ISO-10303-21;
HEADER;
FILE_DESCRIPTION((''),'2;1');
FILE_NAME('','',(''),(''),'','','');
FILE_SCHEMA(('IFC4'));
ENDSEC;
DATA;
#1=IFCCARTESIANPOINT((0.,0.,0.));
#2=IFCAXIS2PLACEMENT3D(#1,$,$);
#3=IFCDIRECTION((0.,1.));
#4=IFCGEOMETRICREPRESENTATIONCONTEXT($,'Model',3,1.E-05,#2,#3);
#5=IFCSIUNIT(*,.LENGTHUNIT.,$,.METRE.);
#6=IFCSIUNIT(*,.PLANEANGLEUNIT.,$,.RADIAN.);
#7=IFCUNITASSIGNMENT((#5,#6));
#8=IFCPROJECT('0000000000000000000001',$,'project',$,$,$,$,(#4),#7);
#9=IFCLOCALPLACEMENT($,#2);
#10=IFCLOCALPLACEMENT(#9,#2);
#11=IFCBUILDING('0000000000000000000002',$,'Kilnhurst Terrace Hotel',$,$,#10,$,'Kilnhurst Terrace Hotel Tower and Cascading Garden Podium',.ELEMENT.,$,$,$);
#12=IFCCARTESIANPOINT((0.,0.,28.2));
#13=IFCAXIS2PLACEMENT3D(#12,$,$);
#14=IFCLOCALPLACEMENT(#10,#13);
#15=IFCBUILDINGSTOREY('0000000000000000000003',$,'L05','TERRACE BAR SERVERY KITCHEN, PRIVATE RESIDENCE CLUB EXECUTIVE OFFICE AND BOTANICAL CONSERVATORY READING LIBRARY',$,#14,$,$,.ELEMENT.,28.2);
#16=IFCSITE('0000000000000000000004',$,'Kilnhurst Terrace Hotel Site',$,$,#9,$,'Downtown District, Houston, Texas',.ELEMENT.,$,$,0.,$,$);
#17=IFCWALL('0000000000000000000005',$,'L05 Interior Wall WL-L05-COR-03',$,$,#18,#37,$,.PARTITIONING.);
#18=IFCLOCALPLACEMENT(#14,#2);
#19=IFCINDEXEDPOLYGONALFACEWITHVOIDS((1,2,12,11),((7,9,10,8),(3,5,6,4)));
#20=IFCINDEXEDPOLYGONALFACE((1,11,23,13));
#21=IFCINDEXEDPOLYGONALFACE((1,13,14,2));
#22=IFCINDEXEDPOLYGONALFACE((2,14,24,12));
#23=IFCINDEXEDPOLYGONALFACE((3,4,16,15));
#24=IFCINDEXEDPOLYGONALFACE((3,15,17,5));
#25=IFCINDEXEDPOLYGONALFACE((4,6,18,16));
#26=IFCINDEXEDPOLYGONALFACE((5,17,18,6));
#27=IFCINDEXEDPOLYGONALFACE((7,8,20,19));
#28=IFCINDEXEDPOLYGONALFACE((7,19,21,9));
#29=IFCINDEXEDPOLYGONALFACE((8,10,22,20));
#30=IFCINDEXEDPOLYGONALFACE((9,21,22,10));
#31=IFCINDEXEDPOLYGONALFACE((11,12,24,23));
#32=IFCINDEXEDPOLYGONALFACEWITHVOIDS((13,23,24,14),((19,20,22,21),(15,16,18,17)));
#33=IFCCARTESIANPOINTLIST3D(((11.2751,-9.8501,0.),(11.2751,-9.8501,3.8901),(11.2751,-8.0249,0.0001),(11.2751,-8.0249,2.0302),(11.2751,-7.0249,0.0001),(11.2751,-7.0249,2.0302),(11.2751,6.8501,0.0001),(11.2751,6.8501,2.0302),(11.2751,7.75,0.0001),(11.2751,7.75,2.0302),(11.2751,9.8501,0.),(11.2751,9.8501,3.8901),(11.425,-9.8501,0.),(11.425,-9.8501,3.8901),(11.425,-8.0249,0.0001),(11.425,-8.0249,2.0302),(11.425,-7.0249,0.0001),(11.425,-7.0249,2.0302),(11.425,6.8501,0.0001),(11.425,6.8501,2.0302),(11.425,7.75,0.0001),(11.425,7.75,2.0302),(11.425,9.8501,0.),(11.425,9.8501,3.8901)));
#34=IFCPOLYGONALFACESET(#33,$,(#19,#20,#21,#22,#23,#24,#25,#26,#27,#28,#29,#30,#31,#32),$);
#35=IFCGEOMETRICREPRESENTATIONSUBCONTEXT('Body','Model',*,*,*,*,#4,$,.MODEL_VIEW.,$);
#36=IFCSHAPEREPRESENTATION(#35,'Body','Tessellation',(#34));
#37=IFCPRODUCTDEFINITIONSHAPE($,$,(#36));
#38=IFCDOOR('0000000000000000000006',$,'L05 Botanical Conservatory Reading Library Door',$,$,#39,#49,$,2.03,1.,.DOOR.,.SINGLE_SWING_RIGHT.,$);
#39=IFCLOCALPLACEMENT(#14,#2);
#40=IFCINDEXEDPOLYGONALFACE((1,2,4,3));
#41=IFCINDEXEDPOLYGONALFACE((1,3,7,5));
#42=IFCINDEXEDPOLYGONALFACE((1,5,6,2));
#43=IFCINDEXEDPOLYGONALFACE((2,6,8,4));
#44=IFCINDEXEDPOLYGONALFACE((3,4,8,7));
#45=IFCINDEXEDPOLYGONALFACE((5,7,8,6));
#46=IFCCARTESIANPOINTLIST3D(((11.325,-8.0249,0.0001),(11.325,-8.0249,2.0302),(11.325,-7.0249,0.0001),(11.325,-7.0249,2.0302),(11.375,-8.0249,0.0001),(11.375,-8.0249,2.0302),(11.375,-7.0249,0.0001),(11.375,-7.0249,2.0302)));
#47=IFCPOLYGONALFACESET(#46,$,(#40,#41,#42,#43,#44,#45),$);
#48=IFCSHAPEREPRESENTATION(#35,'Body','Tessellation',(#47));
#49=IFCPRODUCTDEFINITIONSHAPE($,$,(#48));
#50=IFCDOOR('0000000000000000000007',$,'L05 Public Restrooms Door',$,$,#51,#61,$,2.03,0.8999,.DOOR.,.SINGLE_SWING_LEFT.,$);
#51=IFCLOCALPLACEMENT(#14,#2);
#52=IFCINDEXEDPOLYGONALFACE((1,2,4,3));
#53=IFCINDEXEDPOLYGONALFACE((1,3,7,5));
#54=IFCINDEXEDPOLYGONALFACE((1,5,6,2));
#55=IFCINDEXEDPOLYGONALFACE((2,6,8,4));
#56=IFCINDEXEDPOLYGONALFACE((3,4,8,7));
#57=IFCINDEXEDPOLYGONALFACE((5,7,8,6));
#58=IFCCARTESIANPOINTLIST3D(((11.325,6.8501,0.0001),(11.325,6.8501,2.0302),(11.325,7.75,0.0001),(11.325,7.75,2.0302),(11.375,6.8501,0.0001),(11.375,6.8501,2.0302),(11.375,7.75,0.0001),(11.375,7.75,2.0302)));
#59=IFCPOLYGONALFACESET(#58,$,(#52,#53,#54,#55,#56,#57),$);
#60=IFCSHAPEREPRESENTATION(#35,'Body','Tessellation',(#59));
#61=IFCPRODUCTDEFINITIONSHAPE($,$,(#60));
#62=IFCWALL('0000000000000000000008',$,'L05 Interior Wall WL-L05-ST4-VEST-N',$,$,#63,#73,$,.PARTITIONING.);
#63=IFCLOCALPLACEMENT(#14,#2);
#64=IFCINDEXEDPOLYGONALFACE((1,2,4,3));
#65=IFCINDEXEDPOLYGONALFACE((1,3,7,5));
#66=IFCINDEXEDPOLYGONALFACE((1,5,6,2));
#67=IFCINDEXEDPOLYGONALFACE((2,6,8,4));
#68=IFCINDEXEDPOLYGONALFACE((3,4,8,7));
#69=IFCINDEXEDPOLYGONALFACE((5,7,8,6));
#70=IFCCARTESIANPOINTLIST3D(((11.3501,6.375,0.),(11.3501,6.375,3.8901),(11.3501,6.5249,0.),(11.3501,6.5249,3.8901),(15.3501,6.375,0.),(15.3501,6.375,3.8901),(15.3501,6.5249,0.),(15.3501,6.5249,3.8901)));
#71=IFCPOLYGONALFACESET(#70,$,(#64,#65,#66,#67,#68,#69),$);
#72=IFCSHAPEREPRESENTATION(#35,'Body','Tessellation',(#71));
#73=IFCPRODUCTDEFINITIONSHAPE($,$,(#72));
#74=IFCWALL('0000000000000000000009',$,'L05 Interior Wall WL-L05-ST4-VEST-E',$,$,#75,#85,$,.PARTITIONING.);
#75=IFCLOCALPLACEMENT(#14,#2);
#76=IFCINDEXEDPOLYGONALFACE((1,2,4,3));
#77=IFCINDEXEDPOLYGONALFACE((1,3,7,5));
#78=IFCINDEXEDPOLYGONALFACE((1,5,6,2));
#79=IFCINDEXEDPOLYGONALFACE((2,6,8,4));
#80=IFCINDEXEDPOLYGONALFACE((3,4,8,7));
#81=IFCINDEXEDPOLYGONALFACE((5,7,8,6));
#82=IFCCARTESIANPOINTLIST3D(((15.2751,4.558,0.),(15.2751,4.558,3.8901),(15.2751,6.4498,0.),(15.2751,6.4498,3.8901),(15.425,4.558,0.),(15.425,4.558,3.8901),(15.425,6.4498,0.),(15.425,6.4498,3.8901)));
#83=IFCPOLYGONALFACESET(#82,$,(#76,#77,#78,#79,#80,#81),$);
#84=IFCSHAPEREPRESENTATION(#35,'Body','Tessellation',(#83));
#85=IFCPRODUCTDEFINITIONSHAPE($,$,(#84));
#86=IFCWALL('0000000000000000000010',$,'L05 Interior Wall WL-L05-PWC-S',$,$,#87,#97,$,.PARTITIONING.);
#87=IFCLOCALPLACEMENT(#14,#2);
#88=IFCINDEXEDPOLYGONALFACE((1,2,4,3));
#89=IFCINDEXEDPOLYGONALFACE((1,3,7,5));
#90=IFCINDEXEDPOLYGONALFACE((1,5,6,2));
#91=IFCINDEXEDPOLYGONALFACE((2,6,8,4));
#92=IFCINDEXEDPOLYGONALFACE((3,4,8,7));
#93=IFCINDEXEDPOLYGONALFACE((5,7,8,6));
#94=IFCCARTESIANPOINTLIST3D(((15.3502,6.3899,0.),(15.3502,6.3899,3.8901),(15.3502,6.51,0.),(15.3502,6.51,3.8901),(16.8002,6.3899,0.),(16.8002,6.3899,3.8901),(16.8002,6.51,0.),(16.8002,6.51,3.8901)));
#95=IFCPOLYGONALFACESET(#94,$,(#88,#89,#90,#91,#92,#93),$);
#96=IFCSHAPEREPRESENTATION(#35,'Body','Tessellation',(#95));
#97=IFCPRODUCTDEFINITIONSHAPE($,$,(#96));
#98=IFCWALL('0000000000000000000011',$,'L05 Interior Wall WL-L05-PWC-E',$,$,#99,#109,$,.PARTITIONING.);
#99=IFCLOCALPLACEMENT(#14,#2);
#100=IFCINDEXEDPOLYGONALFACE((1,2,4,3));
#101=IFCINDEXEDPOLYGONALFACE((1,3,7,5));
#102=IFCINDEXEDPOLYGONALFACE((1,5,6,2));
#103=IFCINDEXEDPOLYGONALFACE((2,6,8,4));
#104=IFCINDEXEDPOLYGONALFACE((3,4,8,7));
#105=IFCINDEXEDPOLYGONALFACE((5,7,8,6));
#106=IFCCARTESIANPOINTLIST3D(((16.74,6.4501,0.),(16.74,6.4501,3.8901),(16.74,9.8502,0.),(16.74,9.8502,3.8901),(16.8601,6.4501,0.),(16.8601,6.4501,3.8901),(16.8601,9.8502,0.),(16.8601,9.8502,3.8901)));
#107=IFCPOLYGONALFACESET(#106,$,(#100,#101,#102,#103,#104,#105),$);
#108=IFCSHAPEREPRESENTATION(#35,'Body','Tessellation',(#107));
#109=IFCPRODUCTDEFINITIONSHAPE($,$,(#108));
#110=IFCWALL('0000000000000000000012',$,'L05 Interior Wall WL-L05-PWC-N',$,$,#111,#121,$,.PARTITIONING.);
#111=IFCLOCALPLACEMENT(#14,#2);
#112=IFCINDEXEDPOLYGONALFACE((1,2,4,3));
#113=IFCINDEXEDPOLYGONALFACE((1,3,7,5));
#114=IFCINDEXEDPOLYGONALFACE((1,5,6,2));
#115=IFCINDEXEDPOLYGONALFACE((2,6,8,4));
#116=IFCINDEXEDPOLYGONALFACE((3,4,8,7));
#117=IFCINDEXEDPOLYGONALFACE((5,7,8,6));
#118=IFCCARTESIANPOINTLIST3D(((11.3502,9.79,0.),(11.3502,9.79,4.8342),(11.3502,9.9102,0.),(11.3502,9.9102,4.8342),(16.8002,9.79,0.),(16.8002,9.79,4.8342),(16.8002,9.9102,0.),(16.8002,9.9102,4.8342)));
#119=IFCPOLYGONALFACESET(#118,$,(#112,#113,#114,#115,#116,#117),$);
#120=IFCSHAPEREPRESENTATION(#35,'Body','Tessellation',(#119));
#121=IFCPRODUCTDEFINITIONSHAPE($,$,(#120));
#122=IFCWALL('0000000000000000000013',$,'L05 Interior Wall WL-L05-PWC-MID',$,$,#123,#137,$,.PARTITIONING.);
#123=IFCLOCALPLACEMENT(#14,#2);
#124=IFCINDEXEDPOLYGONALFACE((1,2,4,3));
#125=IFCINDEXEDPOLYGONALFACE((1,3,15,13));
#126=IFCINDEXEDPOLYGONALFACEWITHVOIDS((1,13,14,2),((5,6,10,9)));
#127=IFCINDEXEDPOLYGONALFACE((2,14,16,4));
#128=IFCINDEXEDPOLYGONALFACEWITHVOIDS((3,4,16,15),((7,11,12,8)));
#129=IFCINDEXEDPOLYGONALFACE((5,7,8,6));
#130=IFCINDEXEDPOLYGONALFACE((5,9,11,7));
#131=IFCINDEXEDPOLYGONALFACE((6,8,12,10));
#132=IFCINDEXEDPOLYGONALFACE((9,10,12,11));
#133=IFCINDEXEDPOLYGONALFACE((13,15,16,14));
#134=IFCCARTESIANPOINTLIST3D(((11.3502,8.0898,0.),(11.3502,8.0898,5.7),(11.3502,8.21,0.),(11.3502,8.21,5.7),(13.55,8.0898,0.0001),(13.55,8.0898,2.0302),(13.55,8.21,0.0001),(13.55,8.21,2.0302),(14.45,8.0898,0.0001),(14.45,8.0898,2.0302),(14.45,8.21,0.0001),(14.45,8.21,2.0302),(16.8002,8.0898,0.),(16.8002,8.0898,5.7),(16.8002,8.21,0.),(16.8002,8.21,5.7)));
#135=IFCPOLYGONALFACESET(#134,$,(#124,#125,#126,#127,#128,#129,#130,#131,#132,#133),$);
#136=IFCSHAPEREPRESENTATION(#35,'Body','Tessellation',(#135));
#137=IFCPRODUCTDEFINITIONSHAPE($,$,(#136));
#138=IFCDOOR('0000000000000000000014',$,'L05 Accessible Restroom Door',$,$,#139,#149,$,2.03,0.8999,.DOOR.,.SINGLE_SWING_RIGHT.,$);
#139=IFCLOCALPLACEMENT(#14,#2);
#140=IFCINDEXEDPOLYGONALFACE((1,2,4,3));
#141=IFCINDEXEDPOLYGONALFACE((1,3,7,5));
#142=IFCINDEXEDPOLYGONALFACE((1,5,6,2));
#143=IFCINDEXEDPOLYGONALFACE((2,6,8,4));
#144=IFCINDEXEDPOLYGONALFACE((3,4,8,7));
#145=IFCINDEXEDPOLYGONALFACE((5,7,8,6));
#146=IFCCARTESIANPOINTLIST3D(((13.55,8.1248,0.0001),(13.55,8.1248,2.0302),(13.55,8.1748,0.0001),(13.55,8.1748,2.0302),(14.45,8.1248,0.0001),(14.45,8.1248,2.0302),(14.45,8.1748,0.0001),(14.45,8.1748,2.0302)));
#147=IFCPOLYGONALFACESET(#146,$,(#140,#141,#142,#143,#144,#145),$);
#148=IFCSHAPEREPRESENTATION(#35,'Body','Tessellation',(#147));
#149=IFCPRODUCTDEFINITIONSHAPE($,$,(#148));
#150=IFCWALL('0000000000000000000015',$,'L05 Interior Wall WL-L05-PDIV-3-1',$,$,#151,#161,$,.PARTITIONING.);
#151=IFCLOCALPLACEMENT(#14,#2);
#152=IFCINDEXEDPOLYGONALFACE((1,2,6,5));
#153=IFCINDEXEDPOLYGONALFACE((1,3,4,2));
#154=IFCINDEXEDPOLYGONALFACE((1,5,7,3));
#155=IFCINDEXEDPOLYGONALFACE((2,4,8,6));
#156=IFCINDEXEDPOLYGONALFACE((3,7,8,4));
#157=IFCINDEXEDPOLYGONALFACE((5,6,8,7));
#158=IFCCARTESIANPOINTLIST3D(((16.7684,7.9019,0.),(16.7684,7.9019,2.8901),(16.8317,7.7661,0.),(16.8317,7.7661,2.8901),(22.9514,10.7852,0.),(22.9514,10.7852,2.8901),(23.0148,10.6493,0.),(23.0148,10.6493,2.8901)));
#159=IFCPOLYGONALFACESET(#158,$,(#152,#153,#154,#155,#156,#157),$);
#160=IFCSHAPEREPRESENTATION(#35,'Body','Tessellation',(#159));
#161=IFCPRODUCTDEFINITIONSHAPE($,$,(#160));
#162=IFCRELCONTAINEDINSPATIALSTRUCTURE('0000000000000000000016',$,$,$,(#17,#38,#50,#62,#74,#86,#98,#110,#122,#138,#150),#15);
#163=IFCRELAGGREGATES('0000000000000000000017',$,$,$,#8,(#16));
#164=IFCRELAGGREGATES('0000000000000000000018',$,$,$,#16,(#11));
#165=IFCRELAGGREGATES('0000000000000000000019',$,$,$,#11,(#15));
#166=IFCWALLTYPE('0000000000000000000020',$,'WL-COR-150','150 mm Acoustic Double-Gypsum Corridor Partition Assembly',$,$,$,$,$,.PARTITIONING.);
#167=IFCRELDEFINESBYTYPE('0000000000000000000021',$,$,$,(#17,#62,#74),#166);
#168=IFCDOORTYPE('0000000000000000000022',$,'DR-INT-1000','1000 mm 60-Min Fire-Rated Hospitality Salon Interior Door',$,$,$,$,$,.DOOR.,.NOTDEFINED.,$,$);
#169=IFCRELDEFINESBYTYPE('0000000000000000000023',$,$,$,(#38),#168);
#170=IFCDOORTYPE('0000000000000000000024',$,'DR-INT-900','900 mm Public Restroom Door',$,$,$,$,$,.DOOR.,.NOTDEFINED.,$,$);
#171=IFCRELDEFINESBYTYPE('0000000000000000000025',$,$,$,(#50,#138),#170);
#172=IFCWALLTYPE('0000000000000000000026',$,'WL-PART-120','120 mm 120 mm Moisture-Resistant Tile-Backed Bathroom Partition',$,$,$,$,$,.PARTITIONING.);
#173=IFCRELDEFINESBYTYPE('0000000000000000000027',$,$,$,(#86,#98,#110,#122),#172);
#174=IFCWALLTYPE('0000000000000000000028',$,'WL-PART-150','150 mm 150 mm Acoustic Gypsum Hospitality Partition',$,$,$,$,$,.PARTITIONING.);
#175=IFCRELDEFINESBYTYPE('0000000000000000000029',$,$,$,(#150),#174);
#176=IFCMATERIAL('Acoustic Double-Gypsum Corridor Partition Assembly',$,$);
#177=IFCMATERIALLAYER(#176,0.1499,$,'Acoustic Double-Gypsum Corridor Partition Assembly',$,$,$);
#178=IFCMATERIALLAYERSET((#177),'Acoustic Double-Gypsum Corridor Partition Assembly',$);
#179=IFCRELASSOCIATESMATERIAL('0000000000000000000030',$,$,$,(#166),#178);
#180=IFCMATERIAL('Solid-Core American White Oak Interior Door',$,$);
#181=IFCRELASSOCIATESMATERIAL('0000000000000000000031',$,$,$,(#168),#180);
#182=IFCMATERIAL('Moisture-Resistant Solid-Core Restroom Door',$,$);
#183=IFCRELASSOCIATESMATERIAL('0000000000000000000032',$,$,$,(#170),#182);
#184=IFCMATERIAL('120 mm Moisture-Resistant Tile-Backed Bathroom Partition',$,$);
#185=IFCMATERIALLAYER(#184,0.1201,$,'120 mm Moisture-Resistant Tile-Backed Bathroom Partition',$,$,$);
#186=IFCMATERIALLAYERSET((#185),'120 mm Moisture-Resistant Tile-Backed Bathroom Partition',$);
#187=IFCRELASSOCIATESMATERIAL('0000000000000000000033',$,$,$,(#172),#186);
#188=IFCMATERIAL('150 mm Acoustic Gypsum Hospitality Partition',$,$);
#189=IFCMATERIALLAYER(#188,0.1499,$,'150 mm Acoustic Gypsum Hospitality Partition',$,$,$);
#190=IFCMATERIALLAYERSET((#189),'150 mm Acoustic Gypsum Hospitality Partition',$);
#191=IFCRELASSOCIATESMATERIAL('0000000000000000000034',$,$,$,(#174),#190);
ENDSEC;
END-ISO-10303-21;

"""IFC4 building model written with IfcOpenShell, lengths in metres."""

from ifc_helpers import new_model, si_unit, direction, frame, frame_2d, origin, place, context, subcontext, project, spatial, rectangle, extrude, material, layer, layer_set, type_object, element, fill, save


model = new_model("IFC4")

# Units and contexts
model_context = context("Model", 3, precision=1e-05, world=origin(), true_north=direction((0.0, 1.0)))
body_context = subcontext(model_context, "Body", "Model", "MODEL_VIEW")
ifc_project = project(units=[si_unit("LENGTHUNIT", "METRE"), si_unit("PLANEANGLEUNIT", "RADIAN")], contexts=[model_context])

# Site, building, storey
site_placement = place(None, origin())
site = spatial("IfcSite", under=ifc_project, at=site_placement, Name="Kilnhurst Terrace Hotel Site", LongName="Downtown District, Houston, Texas", CompositionType="ELEMENT", RefElevation=0.0)
building_placement = place(site_placement, origin())
building = spatial("IfcBuilding", under=site, at=building_placement, Name="Kilnhurst Terrace Hotel", LongName="Kilnhurst Terrace Hotel Tower and Cascading Garden Podium", CompositionType="ELEMENT")
storey_placement = place(building_placement, frame((0.0, 0.0, 28.2)))
storey = spatial("IfcBuildingStorey", under=building, at=storey_placement, Name="L05", Description="TERRACE BAR SERVERY KITCHEN, PRIVATE RESIDENCE CLUB EXECUTIVE OFFICE AND BOTANICAL CONSERVATORY READING LIBRARY", CompositionType="ELEMENT", Elevation=28.2)

# Wall, openings, doors
ifc_material_1 = material(Name="Acoustic Double-Gypsum Corridor Partition Assembly")
ifc_layer_1 = layer(ifc_material_1, 0.1499, Name="Acoustic Double-Gypsum Corridor Partition Assembly")
ifc_layer_set_1 = layer_set([ifc_layer_1], Name="Acoustic Double-Gypsum Corridor Partition Assembly")
wall_type_1 = type_object("IfcWallType", Name="WL-COR-150", Description="150 mm Acoustic Double-Gypsum Corridor Partition Assembly", PredefinedType="PARTITIONING", material=ifc_layer_set_1)
wall_1_placement = place(storey_placement, frame((11.3501, 9.8501, 0.0), z_axis=(0.0, 0.0, 1.0), x_axis=(0.0, -1.0, 0.0)))
wall_1 = element("IfcWall", 1, at=wall_1_placement, inside=storey, type_object=wall_type_1, Name="L05 Interior Wall WL-L05-COR-03", PredefinedType="PARTITIONING", context=body_context, shape_type="SweptSolid", body=[
    extrude(rectangle(XDim=19.7002, YDim=0.1499, at=frame_2d((9.8501, 0.0))), origin(), (0.0, 0.0, 1.0), 3.8901),
])
opening_1_placement = place(wall_1_placement, frame((2.1001, 0.0, 0.0)))
opening_1 = element("IfcOpeningElement", 2, at=opening_1_placement, cuts=wall_1, PredefinedType="OPENING", context=body_context, shape_type="SweptSolid", body=[
    extrude(rectangle(XDim=0.8999, YDim=2.03, at=frame_2d((0.45, 1.0151))), frame((0.0, 0.085, 0.0), z_axis=(0.0, -1.0, 0.0), x_axis=(1.0, 0.0, 0.0)), (0.0, 0.0, 1.0), 0.1699),
])
opening_2_placement = place(wall_1_placement, frame((16.875, 0.0, 0.0)))
opening_2 = element("IfcOpeningElement", 3, at=opening_2_placement, cuts=wall_1, PredefinedType="OPENING", context=body_context, shape_type="SweptSolid", body=[
    extrude(rectangle(XDim=1.0, YDim=2.03, at=frame_2d((0.5, 1.0151))), frame((0.0, 0.085, 0.0), z_axis=(0.0, -1.0, 0.0), x_axis=(1.0, 0.0, 0.0)), (0.0, 0.0, 1.0), 0.1699),
])
ifc_material_2 = material(Name="Solid-Core American White Oak Interior Door")
door_type_1 = type_object("IfcDoorType", Name="DR-INT-1000", Description="1000 mm 60-Min Fire-Rated Hospitality Salon Interior Door", OperationType="NOTDEFINED", PredefinedType="DOOR", material=ifc_material_2)
door_1_placement = place(opening_2_placement, origin())
door_1 = element("IfcDoor", 4, at=door_1_placement, inside=storey, type_object=door_type_1, Name="L05 Botanical Conservatory Reading Library Door", OperationType="SINGLE_SWING_RIGHT", OverallHeight=2.03, OverallWidth=1.0, PredefinedType="DOOR", context=body_context, shape_type="SweptSolid", body=[
    extrude(rectangle(XDim=1.0, YDim=2.03, at=frame_2d((0.5, 1.0151))), frame((0.0, 0.0249, 0.0), z_axis=(0.0, -1.0, 0.0), x_axis=(1.0, 0.0, 0.0)), (0.0, 0.0, 1.0), 0.05),
])
fill(opening_2, door_1)
ifc_material_3 = material(Name="Moisture-Resistant Solid-Core Restroom Door")
door_type_2 = type_object("IfcDoorType", Name="DR-INT-900", Description="900 mm Public Restroom Door", OperationType="NOTDEFINED", PredefinedType="DOOR", material=ifc_material_3)
door_2_placement = place(opening_1_placement, origin())
door_2 = element("IfcDoor", 5, at=door_2_placement, inside=storey, type_object=door_type_2, Name="L05 Public Restrooms Door", OperationType="SINGLE_SWING_LEFT", OverallHeight=2.03, OverallWidth=0.8999, PredefinedType="DOOR", context=body_context, shape_type="SweptSolid", body=[
    extrude(rectangle(XDim=0.8999, YDim=2.03, at=frame_2d((0.45, 1.0151))), frame((0.0, 0.0249, 0.0), z_axis=(0.0, -1.0, 0.0), x_axis=(1.0, 0.0, 0.0)), (0.0, 0.0, 1.0), 0.05),
])
fill(opening_1, door_2)

# Walls
wall_2_placement = place(storey_placement, frame((11.3501, 6.45, 0.0), z_axis=(0.0, 0.0, 1.0), x_axis=(1.0, 0.0, 0.0)))
element("IfcWall", 6, at=wall_2_placement, inside=storey, type_object=wall_type_1, Name="L05 Interior Wall WL-L05-ST4-VEST-N", PredefinedType="PARTITIONING", context=body_context, shape_type="SweptSolid", body=[
    extrude(rectangle(XDim=4.0, YDim=0.1499, at=frame_2d((2.0, 0.0))), origin(), (0.0, 0.0, 1.0), 3.8901),
])
wall_3_placement = place(storey_placement, frame((15.3501, 4.5581, 0.0), z_axis=(0.0, 0.0, 1.0), x_axis=(0.0, 1.0, 0.0)))
element("IfcWall", 7, at=wall_3_placement, inside=storey, type_object=wall_type_1, Name="L05 Interior Wall WL-L05-ST4-VEST-E", PredefinedType="PARTITIONING", context=body_context, shape_type="SweptSolid", body=[
    extrude(rectangle(XDim=1.8918, YDim=0.1499, at=frame_2d((0.9458, 0.0))), origin(), (0.0, 0.0, 1.0), 3.8901),
])
ifc_material_4 = material(Name="120 mm Moisture-Resistant Tile-Backed Bathroom Partition")
ifc_layer_2 = layer(ifc_material_4, 0.1201, Name="120 mm Moisture-Resistant Tile-Backed Bathroom Partition")
ifc_layer_set_2 = layer_set([ifc_layer_2], Name="120 mm Moisture-Resistant Tile-Backed Bathroom Partition")
wall_type_2 = type_object("IfcWallType", Name="WL-PART-120", Description="120 mm 120 mm Moisture-Resistant Tile-Backed Bathroom Partition", PredefinedType="PARTITIONING", material=ifc_layer_set_2)
wall_4_placement = place(storey_placement, frame((15.3501, 6.45, 0.0), z_axis=(0.0, 0.0, 1.0), x_axis=(1.0, 0.0, 0.0)))
element("IfcWall", 8, at=wall_4_placement, inside=storey, type_object=wall_type_2, Name="L05 Interior Wall WL-L05-PWC-S", PredefinedType="PARTITIONING", context=body_context, shape_type="SweptSolid", body=[
    extrude(rectangle(XDim=1.45, YDim=0.1201, at=frame_2d((0.7251, 0.0))), origin(), (0.0, 0.0, 1.0), 3.8901),
])
wall_5_placement = place(storey_placement, frame((16.8, 6.45, 0.0), z_axis=(0.0, 0.0, 1.0), x_axis=(0.0, 1.0, 0.0)))
element("IfcWall", 9, at=wall_5_placement, inside=storey, type_object=wall_type_2, Name="L05 Interior Wall WL-L05-PWC-E", PredefinedType="PARTITIONING", context=body_context, shape_type="SweptSolid", body=[
    extrude(rectangle(XDim=3.4001, YDim=0.1201, at=frame_2d((1.7002, 0.0))), origin(), (0.0, 0.0, 1.0), 3.8901),
])
wall_6_placement = place(storey_placement, frame((11.3501, 9.8501, 0.0), z_axis=(0.0, 0.0, 1.0), x_axis=(1.0, 0.0, 0.0)))
element("IfcWall", 10, at=wall_6_placement, inside=storey, type_object=wall_type_2, Name="L05 Interior Wall WL-L05-PWC-N", PredefinedType="PARTITIONING", context=body_context, shape_type="SweptSolid", body=[
    extrude(rectangle(XDim=5.45, YDim=0.1201, at=frame_2d((2.7251, 0.0))), origin(), (0.0, 0.0, 1.0), 4.8342),
])

# Wall, opening, door
wall_7_placement = place(storey_placement, frame((11.3501, 8.1499, 0.0), z_axis=(0.0, 0.0, 1.0), x_axis=(1.0, 0.0, 0.0)))
wall_7 = element("IfcWall", 11, at=wall_7_placement, inside=storey, type_object=wall_type_2, Name="L05 Interior Wall WL-L05-PWC-MID", PredefinedType="PARTITIONING", context=body_context, shape_type="SweptSolid", body=[
    extrude(rectangle(XDim=5.45, YDim=0.1201, at=frame_2d((2.7251, 0.0))), origin(), (0.0, 0.0, 1.0), 5.7),
])
opening_3_placement = place(wall_7_placement, frame((2.2, 0.0, 0.0)))
opening_3 = element("IfcOpeningElement", 12, at=opening_3_placement, cuts=wall_7, PredefinedType="OPENING", context=body_context, shape_type="SweptSolid", body=[
    extrude(rectangle(XDim=0.8999, YDim=2.03, at=frame_2d((0.45, 1.0151))), frame((0.0, 0.0701, 0.0), z_axis=(0.0, -1.0, 0.0), x_axis=(1.0, 0.0, 0.0)), (0.0, 0.0, 1.0), 0.1401),
])
door_3_placement = place(opening_3_placement, origin())
door_3 = element("IfcDoor", 13, at=door_3_placement, inside=storey, type_object=door_type_2, Name="L05 Accessible Restroom Door", OperationType="SINGLE_SWING_RIGHT", OverallHeight=2.03, OverallWidth=0.8999, PredefinedType="DOOR", context=body_context, shape_type="SweptSolid", body=[
    extrude(rectangle(XDim=0.8999, YDim=2.03, at=frame_2d((0.45, 1.0151))), frame((0.0, 0.0249, 0.0), z_axis=(0.0, -1.0, 0.0), x_axis=(1.0, 0.0, 0.0)), (0.0, 0.0, 1.0), 0.05),
])
fill(opening_3, door_3)

# Wall
ifc_material_5 = material(Name="150 mm Acoustic Gypsum Hospitality Partition")
ifc_layer_3 = layer(ifc_material_5, 0.1499, Name="150 mm Acoustic Gypsum Hospitality Partition")
ifc_layer_set_3 = layer_set([ifc_layer_3], Name="150 mm Acoustic Gypsum Hospitality Partition")
wall_type_3 = type_object("IfcWallType", Name="WL-PART-150", Description="150 mm 150 mm Acoustic Gypsum Hospitality Partition", PredefinedType="PARTITIONING", material=ifc_layer_set_3)
wall_8_placement = place(storey_placement, frame((16.8, 7.834, 0.0), z_axis=(0.0, 0.0, 1.0), x_axis=(0.906304, 0.422627, 0.0)))
element("IfcWall", 14, at=wall_8_placement, inside=storey, type_object=wall_type_3, Name="L05 Interior Wall WL-L05-PDIV-3-1", PredefinedType="PARTITIONING", context=body_context, shape_type="SweptSolid", body=[
    extrude(rectangle(XDim=6.8223, YDim=0.1499, at=frame_2d((3.4111, 0.0))), origin(), (0.0, 0.0, 1.0), 2.8901),
])

save(model, "model.ifc")
